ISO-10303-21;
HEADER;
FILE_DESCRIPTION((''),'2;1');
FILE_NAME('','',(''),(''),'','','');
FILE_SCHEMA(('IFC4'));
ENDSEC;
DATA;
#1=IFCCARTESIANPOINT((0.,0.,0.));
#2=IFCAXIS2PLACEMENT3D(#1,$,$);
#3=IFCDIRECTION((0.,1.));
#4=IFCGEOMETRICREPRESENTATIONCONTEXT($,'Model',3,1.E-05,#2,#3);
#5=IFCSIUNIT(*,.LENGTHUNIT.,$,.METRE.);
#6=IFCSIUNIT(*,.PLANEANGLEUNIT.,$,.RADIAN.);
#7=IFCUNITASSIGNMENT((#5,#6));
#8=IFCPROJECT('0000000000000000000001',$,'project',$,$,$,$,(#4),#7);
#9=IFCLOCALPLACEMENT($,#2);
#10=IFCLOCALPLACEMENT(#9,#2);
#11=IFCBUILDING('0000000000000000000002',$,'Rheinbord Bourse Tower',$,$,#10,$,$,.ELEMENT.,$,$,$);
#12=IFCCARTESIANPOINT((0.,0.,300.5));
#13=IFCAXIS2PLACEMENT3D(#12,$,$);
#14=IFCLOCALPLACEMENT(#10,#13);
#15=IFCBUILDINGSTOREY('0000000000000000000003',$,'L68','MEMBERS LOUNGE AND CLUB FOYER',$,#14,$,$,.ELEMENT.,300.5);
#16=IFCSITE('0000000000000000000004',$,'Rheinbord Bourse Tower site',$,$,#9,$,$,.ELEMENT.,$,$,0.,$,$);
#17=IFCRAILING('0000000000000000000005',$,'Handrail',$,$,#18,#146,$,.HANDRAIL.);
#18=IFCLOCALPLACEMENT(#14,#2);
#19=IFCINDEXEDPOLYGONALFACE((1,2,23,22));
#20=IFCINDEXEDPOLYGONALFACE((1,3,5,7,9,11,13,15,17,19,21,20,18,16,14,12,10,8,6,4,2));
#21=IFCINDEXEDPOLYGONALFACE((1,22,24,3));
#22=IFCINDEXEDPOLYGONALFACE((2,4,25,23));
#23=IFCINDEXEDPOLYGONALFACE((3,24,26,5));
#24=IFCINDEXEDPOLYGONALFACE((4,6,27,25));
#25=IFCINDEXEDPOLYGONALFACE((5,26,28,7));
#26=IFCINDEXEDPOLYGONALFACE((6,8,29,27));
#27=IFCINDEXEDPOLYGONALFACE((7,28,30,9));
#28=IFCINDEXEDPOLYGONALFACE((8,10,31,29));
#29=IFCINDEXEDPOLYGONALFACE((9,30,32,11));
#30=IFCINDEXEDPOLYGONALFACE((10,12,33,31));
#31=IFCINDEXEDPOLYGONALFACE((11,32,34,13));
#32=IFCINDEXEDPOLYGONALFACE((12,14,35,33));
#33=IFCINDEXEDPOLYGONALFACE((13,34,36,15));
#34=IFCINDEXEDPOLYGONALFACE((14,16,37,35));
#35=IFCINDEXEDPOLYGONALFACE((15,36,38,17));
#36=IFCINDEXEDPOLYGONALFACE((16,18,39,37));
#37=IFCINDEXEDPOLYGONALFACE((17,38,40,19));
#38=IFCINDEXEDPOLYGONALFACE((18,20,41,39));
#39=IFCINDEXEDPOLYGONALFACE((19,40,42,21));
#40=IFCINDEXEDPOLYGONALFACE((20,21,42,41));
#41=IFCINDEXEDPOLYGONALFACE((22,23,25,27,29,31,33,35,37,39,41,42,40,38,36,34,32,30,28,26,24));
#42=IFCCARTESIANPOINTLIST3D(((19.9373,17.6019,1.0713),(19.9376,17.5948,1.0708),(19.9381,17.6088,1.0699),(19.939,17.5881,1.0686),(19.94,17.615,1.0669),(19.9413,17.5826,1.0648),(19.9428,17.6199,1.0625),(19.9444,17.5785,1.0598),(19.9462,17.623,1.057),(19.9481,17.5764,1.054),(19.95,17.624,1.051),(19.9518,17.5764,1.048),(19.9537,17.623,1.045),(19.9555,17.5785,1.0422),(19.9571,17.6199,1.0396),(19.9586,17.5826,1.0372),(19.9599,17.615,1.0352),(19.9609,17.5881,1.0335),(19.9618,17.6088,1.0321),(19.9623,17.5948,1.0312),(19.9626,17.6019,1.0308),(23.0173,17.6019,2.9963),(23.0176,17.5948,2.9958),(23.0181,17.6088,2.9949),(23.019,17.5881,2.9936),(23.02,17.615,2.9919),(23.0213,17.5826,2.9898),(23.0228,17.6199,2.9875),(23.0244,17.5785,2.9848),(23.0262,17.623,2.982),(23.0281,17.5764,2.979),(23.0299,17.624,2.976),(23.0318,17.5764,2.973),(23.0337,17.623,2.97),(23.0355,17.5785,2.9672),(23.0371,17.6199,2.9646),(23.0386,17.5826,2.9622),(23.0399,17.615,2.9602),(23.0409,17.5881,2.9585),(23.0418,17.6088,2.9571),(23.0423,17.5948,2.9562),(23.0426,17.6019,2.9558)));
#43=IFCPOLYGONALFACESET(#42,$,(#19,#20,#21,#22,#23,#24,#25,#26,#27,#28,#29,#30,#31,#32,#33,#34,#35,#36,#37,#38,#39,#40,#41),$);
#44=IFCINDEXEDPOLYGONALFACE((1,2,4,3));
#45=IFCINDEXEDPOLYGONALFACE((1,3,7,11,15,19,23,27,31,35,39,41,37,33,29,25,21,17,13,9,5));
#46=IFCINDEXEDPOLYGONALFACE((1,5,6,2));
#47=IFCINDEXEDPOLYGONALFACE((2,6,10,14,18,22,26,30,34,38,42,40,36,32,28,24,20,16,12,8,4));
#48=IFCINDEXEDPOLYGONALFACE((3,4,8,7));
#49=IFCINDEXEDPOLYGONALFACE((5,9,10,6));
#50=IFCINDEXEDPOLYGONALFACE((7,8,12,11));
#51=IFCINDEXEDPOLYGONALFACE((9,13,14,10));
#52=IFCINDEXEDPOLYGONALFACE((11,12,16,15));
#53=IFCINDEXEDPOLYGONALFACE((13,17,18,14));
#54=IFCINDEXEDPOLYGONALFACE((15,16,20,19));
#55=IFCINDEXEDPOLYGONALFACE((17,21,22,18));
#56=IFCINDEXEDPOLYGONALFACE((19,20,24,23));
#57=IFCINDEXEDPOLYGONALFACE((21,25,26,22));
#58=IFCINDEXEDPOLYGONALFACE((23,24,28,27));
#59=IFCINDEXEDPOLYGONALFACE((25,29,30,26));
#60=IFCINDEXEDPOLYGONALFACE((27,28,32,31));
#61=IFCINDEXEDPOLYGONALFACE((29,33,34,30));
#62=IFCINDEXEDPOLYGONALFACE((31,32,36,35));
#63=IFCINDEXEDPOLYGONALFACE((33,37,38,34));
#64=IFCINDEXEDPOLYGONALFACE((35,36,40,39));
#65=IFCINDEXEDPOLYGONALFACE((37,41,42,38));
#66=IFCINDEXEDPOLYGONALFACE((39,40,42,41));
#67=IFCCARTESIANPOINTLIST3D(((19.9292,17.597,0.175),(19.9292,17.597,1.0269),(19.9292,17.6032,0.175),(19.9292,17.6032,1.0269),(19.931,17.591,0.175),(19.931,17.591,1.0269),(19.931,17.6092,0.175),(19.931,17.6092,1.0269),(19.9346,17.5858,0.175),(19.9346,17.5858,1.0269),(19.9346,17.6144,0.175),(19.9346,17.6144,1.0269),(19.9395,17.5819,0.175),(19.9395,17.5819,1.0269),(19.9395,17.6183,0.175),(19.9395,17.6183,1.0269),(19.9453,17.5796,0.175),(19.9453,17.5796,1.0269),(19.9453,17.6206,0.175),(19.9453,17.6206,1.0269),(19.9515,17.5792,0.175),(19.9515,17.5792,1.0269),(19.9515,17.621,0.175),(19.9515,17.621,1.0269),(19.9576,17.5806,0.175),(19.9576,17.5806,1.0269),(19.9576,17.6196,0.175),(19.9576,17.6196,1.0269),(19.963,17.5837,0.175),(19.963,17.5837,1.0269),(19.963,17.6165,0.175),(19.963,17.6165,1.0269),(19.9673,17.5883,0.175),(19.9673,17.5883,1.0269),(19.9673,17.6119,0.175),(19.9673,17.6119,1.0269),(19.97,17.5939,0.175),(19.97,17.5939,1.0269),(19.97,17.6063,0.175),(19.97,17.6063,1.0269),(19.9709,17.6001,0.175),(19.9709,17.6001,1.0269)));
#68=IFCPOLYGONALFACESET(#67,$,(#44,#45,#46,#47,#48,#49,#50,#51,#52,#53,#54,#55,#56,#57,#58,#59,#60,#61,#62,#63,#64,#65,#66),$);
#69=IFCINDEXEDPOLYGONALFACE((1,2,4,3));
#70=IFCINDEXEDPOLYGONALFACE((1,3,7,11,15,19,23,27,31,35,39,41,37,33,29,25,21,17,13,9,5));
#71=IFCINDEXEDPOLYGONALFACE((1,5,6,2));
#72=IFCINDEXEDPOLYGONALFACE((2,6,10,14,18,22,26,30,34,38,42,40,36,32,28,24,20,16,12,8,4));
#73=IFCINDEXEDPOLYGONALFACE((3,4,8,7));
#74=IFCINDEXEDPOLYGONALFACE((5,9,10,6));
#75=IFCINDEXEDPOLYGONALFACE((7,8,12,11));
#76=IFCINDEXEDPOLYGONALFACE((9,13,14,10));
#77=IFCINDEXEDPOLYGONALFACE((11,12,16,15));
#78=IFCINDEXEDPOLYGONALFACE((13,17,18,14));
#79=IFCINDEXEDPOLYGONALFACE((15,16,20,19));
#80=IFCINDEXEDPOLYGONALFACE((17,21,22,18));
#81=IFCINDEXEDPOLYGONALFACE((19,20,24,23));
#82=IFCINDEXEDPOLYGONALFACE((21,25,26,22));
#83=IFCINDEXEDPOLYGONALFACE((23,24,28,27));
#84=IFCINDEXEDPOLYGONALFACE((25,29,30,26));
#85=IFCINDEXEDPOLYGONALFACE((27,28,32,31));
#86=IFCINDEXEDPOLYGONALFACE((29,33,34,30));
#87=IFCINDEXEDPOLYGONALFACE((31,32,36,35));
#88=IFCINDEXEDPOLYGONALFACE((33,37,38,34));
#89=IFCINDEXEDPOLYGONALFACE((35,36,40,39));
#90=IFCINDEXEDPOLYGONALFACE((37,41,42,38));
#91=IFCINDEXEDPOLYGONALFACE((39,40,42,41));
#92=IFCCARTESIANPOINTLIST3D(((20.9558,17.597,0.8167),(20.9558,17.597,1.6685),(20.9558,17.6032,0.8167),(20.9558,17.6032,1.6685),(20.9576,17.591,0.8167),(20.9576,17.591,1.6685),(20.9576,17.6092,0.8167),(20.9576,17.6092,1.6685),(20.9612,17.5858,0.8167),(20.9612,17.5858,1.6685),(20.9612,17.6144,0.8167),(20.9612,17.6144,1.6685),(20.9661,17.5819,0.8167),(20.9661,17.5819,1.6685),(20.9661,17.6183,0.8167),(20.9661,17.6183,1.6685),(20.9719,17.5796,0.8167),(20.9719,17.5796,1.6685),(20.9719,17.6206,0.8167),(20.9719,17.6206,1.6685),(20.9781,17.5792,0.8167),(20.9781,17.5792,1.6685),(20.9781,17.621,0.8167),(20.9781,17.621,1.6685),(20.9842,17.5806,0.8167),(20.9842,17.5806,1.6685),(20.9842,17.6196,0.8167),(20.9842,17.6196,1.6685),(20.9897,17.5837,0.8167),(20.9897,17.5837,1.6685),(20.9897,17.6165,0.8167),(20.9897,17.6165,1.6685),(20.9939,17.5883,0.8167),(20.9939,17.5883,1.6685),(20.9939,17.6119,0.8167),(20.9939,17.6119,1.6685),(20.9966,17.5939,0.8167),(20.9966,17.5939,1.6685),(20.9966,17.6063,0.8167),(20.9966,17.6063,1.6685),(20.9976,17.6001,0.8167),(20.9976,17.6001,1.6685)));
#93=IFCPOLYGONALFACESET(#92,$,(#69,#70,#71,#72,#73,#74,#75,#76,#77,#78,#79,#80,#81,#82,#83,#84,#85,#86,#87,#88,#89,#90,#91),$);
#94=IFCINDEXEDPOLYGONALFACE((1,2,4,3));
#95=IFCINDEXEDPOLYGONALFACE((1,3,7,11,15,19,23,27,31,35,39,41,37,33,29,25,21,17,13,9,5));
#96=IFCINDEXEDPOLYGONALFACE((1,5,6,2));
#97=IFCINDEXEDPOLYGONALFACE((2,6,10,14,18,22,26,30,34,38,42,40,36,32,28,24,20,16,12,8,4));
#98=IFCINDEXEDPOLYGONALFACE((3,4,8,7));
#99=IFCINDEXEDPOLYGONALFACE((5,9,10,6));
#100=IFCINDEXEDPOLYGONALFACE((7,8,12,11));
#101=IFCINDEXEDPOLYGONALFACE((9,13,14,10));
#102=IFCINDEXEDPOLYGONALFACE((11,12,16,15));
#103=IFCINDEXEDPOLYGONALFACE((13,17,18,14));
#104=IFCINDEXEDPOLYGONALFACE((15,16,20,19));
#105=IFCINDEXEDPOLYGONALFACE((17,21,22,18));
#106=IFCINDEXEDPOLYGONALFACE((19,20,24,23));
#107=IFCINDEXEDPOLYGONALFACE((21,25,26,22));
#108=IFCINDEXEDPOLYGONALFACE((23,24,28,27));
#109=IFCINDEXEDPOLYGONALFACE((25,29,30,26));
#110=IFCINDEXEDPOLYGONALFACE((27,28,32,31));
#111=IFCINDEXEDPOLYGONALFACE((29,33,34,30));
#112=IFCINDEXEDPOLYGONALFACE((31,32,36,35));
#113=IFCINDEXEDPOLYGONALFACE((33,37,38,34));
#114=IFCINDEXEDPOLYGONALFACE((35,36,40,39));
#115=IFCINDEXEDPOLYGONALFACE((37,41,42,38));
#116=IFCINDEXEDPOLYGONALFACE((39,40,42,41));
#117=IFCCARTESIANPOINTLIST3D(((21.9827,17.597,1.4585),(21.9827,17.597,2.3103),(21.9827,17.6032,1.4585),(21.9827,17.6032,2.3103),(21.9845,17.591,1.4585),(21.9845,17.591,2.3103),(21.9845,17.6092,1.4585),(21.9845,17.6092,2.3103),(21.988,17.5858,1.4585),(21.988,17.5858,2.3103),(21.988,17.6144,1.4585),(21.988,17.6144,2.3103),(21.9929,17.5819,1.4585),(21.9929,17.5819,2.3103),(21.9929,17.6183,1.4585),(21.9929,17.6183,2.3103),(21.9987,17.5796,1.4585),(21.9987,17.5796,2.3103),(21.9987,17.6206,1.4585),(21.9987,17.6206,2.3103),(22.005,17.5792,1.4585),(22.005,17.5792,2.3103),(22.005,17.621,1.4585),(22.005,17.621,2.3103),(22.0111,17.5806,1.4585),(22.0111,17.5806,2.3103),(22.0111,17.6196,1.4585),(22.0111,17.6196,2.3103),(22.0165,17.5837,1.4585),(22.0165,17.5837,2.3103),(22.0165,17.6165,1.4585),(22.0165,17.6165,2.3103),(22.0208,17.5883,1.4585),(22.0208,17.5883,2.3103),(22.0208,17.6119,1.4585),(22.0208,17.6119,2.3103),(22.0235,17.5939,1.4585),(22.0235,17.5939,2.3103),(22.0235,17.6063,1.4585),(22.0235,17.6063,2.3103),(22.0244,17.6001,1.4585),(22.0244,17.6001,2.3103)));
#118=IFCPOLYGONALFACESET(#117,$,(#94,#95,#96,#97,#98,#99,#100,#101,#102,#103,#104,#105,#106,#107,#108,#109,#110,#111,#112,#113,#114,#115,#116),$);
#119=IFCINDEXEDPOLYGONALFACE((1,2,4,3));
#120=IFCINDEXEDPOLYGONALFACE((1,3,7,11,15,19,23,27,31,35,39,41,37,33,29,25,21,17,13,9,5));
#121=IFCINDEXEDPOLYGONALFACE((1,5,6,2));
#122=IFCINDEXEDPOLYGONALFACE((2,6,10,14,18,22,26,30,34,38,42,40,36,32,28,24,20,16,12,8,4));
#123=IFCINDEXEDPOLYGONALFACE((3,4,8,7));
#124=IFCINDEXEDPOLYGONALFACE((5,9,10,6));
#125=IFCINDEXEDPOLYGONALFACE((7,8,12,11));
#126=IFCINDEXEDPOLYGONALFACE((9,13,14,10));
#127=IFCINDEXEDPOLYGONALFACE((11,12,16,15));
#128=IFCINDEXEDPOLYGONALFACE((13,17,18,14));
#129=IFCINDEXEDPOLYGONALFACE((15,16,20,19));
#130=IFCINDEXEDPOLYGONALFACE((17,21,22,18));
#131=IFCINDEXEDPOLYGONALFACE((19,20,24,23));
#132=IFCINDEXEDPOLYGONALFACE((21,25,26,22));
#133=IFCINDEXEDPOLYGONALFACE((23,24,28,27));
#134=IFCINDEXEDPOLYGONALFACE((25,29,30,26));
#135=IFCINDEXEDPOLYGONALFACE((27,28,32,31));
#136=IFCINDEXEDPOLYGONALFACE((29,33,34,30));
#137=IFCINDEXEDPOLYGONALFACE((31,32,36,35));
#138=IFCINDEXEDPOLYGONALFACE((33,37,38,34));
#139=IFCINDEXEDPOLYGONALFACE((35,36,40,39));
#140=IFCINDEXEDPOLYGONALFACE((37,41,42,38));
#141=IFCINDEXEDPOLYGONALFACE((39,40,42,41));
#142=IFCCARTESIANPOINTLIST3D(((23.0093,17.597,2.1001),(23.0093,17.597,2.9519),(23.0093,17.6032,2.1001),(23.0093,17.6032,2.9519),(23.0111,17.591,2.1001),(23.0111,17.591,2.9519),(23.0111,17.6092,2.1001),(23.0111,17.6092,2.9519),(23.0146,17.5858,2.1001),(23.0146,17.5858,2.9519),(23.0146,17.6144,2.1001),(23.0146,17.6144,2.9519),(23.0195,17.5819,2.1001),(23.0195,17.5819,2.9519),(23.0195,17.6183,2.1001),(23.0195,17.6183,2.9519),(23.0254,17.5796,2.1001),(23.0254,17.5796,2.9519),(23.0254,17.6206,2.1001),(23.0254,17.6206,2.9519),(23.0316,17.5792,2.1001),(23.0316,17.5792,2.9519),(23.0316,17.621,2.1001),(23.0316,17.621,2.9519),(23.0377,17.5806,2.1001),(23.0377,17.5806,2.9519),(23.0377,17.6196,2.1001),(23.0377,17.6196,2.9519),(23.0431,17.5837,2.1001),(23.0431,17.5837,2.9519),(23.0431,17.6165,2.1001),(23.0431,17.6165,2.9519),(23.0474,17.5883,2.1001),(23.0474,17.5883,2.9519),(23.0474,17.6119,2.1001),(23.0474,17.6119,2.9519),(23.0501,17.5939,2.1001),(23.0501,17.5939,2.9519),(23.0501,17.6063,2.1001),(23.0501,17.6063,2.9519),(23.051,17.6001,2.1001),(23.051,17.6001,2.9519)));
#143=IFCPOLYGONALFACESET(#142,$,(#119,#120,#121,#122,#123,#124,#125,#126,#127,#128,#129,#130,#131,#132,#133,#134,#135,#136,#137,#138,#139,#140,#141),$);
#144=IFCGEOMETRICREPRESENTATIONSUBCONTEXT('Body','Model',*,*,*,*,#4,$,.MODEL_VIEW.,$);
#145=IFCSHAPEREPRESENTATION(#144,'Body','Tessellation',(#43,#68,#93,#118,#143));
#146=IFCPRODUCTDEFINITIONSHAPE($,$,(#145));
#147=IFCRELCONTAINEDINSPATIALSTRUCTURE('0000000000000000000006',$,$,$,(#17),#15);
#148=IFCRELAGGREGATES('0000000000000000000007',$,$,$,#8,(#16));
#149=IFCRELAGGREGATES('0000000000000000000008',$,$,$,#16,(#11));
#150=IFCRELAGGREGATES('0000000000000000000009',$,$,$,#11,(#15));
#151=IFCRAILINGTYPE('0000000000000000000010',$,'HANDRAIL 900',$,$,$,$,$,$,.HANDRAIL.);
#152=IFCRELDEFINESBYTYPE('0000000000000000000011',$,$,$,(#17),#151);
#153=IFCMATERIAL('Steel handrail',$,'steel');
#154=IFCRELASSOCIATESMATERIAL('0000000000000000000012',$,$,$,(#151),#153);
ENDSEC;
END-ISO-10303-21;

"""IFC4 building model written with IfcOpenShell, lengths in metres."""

from ifc_helpers import new_model, si_unit, direction, frame, origin, origin_2d, place, context, subcontext, project, spatial, circle, extrude, material, type_object, element, save


model = new_model("IFC4")

# Units and contexts
model_context = context("Model", 3, precision=1e-05, world=origin(), true_north=direction((0.0, 1.0)))
body_context = subcontext(model_context, "Body", "Model", "MODEL_VIEW")
ifc_project = project(units=[si_unit("LENGTHUNIT", "METRE"), si_unit("PLANEANGLEUNIT", "RADIAN")], contexts=[model_context])

# Site, building, storey
site_placement = place(None, origin())
site = spatial("IfcSite", under=ifc_project, at=site_placement, Name="Rheinbord Bourse Tower site", CompositionType="ELEMENT", RefElevation=0.0)
building_placement = place(site_placement, origin())
building = spatial("IfcBuilding", under=site, at=building_placement, Name="Rheinbord Bourse Tower", CompositionType="ELEMENT")
storey_placement = place(building_placement, frame((0.0, 0.0, 300.5)))
storey = spatial("IfcBuildingStorey", under=building, at=storey_placement, Name="L68", Description="MEMBERS LOUNGE AND CLUB FOYER", CompositionType="ELEMENT", Elevation=300.5)

# Railing
ifc_material_1 = material(Name="Steel handrail", Category="steel")
railing_type = type_object("IfcRailingType", Name="HANDRAIL 900", PredefinedType="HANDRAIL", material=ifc_material_1)
railing_1_placement = place(storey_placement, frame((19.95, 17.6001, 0.175)))
element("IfcRailing", 1, at=railing_1_placement, inside=storey, type_object=railing_type, Name="Handrail", PredefinedType="HANDRAIL", context=body_context, shape_type="SweptSolid", body=[
    extrude(circle(Radius=0.0239, at=origin_2d()), frame((0.0, 0.0, 0.876), z_axis=(0.847998, 0.0, 0.529999), x_axis=(0.0, 1.0, 0.0)), (0.0, 0.0, 1.0), 3.6321),
    extrude(circle(Radius=0.021, at=origin_2d()), origin(), (0.0, 0.0, 1.0), 0.8518),
    extrude(circle(Radius=0.021, at=origin_2d()), frame((1.0266, 0.0, 0.6416)), (0.0, 0.0, 1.0), 0.8518),
    extrude(circle(Radius=0.021, at=origin_2d()), frame((2.0535, 0.0, 1.2834)), (0.0, 0.0, 1.0), 0.8518),
    extrude(circle(Radius=0.021, at=origin_2d()), frame((3.0801, 0.0, 1.925)), (0.0, 0.0, 1.0), 0.8518),
])

save(model, "model.ifc")
